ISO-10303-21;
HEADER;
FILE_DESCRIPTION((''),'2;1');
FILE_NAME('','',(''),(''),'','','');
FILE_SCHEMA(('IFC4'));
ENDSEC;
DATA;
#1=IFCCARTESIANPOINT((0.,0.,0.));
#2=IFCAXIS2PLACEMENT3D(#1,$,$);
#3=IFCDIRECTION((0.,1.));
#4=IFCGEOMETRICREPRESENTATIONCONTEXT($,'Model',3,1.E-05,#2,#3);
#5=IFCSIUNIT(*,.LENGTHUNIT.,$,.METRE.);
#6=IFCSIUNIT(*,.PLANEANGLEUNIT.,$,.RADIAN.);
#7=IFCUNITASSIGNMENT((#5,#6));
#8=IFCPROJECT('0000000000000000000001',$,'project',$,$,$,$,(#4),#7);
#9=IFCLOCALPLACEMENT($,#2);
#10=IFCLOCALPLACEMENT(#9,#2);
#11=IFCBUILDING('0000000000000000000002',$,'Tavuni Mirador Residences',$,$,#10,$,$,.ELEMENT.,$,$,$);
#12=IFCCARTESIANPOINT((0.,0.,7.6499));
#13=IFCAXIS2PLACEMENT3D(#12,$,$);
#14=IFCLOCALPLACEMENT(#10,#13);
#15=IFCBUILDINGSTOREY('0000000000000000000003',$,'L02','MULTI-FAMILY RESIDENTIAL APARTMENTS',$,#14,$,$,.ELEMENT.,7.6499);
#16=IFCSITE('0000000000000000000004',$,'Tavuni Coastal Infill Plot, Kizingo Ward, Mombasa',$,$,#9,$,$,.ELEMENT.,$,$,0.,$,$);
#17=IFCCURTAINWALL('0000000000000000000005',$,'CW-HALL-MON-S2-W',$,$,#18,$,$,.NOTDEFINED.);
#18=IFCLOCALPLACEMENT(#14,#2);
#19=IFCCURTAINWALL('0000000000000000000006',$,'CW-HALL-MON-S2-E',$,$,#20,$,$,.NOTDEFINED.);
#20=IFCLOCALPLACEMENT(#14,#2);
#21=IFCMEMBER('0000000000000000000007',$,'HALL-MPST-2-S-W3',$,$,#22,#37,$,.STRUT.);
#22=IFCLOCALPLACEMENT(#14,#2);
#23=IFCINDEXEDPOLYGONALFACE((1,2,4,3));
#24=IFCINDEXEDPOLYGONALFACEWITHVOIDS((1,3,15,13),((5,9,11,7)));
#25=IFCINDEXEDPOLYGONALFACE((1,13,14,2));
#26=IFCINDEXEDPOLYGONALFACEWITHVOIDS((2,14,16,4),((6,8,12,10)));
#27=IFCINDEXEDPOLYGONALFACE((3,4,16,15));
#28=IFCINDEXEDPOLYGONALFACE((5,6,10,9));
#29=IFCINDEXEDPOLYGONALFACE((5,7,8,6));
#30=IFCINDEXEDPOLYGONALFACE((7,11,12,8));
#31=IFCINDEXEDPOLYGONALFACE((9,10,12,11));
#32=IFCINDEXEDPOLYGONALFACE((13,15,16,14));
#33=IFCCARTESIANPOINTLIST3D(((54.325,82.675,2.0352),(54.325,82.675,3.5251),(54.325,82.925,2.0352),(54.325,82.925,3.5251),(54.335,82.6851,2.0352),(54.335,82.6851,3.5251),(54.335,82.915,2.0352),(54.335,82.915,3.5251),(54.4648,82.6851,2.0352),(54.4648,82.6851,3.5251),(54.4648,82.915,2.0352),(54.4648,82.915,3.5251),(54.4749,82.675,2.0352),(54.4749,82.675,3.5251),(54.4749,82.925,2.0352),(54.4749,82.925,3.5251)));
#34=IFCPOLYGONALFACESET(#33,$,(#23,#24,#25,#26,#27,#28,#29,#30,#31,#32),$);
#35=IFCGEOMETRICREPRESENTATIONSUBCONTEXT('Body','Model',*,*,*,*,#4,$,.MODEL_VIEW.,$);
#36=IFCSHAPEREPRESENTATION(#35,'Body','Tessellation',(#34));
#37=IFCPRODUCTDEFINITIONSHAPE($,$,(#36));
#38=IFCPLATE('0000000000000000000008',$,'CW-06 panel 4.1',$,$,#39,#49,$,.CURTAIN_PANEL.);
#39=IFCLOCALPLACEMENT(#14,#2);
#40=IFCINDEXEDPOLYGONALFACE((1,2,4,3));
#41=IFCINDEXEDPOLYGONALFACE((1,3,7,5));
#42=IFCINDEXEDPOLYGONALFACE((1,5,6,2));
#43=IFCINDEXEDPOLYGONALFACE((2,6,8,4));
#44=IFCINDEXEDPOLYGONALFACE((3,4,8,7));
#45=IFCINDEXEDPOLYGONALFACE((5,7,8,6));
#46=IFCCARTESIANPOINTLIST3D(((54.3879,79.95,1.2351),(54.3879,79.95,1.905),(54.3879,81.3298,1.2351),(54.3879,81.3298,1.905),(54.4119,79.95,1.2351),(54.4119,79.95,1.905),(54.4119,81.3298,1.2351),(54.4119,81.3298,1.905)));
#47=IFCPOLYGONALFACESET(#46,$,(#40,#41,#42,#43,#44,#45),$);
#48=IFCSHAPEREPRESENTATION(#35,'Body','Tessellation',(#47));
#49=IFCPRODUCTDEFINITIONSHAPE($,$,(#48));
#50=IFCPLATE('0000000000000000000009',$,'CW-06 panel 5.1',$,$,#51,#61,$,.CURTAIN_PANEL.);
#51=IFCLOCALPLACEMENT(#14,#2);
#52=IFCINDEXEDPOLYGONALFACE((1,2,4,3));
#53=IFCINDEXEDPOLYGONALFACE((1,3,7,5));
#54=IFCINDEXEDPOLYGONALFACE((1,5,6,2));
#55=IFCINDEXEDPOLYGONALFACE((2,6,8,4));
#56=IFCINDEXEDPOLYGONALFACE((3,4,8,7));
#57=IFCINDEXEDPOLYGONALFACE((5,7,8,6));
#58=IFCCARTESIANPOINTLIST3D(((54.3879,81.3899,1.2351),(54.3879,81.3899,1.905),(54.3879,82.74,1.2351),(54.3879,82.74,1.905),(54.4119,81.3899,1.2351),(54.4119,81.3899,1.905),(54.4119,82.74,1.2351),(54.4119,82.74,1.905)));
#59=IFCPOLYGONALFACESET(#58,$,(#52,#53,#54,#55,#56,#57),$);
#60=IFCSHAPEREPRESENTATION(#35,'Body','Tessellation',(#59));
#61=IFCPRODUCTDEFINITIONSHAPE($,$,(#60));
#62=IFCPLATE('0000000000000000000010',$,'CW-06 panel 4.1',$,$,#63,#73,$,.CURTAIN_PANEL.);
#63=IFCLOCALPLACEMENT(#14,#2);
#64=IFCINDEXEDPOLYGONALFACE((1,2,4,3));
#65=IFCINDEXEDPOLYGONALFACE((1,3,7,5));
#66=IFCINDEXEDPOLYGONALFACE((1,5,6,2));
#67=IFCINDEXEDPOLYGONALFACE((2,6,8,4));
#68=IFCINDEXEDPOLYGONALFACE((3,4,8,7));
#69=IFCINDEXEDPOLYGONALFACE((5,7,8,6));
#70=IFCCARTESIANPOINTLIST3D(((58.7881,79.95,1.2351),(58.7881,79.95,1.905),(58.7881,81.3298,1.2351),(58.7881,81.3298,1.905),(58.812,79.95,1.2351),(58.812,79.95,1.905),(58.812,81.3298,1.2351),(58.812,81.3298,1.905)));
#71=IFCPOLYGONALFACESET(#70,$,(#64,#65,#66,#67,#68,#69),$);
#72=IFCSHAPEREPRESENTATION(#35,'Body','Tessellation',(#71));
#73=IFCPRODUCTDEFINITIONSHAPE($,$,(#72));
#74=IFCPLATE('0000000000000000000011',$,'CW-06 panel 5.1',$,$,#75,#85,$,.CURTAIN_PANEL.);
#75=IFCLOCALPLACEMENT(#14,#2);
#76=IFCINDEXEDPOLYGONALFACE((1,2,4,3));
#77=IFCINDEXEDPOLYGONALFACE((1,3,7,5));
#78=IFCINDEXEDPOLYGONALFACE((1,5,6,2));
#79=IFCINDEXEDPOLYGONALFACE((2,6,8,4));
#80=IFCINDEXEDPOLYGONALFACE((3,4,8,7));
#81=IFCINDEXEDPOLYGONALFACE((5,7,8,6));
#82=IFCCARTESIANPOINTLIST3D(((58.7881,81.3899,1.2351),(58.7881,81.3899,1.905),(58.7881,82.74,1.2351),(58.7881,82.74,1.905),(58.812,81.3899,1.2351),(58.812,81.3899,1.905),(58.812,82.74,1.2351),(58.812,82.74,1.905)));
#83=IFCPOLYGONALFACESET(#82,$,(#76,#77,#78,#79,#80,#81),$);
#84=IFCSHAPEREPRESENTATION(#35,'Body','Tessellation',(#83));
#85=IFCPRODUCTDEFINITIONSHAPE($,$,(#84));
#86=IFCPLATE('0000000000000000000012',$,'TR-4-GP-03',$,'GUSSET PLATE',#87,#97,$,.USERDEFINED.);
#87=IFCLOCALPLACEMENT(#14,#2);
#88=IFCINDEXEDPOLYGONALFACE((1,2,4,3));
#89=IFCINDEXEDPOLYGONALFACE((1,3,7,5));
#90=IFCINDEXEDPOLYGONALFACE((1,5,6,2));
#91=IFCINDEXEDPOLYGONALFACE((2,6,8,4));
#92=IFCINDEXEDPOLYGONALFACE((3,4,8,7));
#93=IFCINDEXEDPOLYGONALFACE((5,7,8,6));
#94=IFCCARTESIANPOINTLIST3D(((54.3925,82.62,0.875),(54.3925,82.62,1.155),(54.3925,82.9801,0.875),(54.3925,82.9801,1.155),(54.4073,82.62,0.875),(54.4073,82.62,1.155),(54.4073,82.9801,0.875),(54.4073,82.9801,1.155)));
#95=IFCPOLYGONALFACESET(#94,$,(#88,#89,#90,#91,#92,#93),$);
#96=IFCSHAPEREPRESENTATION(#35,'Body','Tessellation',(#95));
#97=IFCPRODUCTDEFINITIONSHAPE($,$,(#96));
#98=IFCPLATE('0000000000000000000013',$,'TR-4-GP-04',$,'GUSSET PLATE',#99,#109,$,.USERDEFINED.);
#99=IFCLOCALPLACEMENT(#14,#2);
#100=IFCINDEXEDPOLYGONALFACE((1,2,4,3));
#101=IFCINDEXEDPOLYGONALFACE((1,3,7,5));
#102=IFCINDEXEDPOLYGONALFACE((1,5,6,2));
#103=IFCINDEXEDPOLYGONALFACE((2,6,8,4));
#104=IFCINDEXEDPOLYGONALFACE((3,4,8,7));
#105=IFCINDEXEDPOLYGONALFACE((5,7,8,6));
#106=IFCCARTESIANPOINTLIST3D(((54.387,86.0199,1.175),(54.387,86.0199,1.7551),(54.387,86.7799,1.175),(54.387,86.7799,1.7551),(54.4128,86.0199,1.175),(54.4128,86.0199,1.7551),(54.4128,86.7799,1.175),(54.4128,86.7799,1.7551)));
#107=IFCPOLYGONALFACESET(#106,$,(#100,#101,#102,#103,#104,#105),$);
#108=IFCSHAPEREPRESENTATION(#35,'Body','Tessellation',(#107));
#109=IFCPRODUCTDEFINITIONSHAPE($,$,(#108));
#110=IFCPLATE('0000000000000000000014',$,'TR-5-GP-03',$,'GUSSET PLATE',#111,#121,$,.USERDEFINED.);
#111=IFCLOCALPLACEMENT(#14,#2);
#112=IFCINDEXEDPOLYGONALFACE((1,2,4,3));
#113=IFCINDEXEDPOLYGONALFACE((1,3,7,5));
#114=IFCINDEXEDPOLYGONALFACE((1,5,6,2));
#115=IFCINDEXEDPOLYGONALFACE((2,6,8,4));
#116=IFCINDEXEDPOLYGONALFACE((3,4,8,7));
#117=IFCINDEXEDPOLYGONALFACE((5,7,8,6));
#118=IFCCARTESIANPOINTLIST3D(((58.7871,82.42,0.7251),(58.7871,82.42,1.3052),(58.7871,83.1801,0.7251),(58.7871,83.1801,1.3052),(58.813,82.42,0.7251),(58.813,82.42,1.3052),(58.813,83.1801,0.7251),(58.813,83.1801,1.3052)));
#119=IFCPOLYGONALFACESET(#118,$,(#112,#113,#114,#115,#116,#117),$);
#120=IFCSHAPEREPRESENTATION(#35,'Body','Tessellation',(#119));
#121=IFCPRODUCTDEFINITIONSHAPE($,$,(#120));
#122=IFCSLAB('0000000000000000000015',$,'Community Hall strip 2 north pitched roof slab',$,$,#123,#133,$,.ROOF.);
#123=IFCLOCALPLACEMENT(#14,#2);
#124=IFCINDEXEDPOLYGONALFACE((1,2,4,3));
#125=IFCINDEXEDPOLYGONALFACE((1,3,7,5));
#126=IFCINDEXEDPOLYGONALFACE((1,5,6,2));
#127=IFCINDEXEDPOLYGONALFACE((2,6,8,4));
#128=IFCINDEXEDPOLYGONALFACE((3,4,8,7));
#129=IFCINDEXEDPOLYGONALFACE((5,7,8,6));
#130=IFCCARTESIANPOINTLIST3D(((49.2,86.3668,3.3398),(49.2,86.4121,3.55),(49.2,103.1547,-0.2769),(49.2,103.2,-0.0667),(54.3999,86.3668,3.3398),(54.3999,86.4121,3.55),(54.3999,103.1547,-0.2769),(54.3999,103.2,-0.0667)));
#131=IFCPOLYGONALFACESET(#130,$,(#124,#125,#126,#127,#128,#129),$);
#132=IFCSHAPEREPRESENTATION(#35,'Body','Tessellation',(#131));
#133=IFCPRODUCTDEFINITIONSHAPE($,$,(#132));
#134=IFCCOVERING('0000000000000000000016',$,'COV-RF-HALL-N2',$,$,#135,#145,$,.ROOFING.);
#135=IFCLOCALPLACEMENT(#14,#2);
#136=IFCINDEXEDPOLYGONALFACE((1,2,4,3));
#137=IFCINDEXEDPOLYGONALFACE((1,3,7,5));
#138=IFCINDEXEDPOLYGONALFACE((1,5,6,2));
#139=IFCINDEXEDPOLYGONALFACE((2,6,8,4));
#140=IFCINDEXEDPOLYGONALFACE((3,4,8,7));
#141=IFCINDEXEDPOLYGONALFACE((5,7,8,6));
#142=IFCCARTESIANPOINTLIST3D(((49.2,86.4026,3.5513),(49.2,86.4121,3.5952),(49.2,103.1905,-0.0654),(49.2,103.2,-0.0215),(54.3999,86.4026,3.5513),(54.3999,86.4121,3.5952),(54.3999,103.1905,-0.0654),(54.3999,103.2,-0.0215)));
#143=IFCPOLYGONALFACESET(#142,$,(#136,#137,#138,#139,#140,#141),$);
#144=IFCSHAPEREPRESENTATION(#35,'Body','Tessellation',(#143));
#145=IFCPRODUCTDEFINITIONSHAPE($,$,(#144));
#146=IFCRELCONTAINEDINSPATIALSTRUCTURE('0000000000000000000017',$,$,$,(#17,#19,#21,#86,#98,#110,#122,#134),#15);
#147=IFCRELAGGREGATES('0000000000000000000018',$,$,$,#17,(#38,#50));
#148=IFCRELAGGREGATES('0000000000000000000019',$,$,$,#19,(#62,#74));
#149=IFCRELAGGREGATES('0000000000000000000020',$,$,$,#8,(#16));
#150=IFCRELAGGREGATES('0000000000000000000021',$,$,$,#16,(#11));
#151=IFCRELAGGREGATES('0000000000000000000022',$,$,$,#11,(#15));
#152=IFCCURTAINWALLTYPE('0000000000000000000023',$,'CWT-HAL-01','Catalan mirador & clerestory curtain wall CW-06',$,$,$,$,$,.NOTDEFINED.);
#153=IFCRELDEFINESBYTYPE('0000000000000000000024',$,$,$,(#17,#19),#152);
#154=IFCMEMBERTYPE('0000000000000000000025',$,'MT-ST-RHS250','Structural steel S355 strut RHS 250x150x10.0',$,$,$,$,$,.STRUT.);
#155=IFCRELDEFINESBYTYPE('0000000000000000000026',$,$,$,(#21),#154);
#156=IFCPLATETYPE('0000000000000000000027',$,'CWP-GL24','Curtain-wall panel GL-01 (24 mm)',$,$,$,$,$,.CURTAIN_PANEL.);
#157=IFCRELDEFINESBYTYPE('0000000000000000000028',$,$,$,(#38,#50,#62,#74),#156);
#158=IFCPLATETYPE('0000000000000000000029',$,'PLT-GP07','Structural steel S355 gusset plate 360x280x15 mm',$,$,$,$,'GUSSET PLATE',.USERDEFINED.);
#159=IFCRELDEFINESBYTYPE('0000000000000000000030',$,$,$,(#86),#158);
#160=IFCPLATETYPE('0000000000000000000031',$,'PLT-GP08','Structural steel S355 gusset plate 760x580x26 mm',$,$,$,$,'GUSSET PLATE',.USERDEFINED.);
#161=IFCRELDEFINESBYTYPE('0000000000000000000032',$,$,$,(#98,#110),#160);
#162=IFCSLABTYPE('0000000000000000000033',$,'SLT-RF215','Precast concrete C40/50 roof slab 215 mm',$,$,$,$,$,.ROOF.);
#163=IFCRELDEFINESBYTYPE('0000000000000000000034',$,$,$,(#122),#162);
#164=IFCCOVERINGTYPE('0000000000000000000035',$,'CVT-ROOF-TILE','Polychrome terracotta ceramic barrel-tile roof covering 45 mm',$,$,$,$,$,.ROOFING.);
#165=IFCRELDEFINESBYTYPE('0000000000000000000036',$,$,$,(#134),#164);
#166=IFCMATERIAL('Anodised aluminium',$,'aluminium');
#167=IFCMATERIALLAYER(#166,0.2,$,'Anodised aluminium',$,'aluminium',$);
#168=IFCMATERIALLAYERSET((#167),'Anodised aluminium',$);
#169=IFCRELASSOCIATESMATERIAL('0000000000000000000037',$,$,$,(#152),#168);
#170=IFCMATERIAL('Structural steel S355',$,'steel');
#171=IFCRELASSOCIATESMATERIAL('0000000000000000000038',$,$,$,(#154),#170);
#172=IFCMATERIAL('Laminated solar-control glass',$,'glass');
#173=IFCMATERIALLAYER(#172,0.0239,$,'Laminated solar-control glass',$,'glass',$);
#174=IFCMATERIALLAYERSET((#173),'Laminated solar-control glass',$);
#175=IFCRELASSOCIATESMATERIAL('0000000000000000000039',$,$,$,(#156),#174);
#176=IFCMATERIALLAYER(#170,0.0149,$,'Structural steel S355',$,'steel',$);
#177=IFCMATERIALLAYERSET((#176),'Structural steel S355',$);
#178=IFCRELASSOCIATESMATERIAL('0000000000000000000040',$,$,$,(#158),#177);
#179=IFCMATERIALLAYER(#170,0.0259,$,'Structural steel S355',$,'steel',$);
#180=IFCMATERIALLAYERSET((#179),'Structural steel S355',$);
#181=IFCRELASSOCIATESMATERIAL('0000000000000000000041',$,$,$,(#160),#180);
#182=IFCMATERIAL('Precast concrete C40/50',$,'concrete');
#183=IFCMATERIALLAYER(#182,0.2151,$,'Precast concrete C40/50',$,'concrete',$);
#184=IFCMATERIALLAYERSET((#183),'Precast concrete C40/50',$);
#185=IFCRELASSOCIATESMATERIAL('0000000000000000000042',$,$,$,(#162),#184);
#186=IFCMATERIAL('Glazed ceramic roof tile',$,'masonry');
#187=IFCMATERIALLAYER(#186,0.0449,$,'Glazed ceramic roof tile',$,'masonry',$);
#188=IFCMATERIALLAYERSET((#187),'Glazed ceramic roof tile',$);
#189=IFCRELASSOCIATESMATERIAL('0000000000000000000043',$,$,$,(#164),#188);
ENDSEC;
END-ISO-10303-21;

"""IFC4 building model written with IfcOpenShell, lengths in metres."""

from ifc_helpers import new_model, si_unit, direction, frame, origin, origin_2d, place, context, subcontext, project, spatial, polyline, rectangle, hollow_rectangle, outline, extrude, material, layer, layer_set, material_profile, profile_set, type_object, element, aggregate, save


model = new_model("IFC4")

# Units and contexts
model_context = context("Model", 3, precision=1e-05, world=origin(), true_north=direction((0.0, 1.0)))
body_context = subcontext(model_context, "Body", "Model", "MODEL_VIEW")
ifc_project = project(units=[si_unit("LENGTHUNIT", "METRE"), si_unit("PLANEANGLEUNIT", "RADIAN")], contexts=[model_context])

# Site, building, storey
site_placement = place(None, origin())
site = spatial("IfcSite", under=ifc_project, at=site_placement, Name="Tavuni Coastal Infill Plot, Kizingo Ward, Mombasa", CompositionType="ELEMENT", RefElevation=0.0)
building_placement = place(site_placement, origin())
building = spatial("IfcBuilding", under=site, at=building_placement, Name="Tavuni Mirador Residences", CompositionType="ELEMENT")
storey_placement = place(building_placement, frame((0.0, 0.0, 7.6499)))
storey = spatial("IfcBuildingStorey", under=building, at=storey_placement, Name="L02", Description="MULTI-FAMILY RESIDENTIAL APARTMENTS", CompositionType="ELEMENT", Elevation=7.6499)

# Curtain walls
ifc_material_1 = material(Name="Anodised aluminium", Category="aluminium")
ifc_layer_1 = layer(ifc_material_1, 0.2, Name="Anodised aluminium", Category="aluminium")
ifc_layer_set_1 = layer_set([ifc_layer_1], Name="Anodised aluminium")
curtain_wall_type = type_object("IfcCurtainWallType", Name="CWT-HAL-01", Description="Catalan mirador & clerestory curtain wall CW-06", PredefinedType="NOTDEFINED", material=ifc_layer_set_1)
curtain_wall_1_placement = place(storey_placement, origin())
curtain_wall_1 = element("IfcCurtainWall", 1, at=curtain_wall_1_placement, inside=storey, type_object=curtain_wall_type, Name="CW-HALL-MON-S2-W", PredefinedType="NOTDEFINED")
curtain_wall_2_placement = place(storey_placement, origin())
curtain_wall_2 = element("IfcCurtainWall", 2, at=curtain_wall_2_placement, inside=storey, type_object=curtain_wall_type, Name="CW-HALL-MON-S2-E", PredefinedType="NOTDEFINED")

# Member
ifc_material_2 = material(Name="Structural steel S355", Category="steel")
ifc_material_profile_1 = material_profile(ifc_material_2, hollow_rectangle(XDim=0.1499, YDim=0.25, WallThickness=0.01, at=origin_2d()), Name="RHS 250x150x10.0", Category="steel")
ifc_profile_set_1 = profile_set([ifc_material_profile_1], Name="Structural steel S355")
member_type_1 = type_object("IfcMemberType", Name="MT-ST-RHS250", Description="Structural steel S355 strut RHS 250x150x10.0", PredefinedType="STRUT", material=ifc_profile_set_1)
member_1_placement = place(storey_placement, frame((54.3999, 82.8, 2.0352), z_axis=(0.0, 0.0, 1.0), x_axis=(1.0, 0.0, 0.0)))
element("IfcMember", 3, at=member_1_placement, inside=storey, type_object=member_type_1, Name="HALL-MPST-2-S-W3", PredefinedType="STRUT", context=body_context, shape_type="SweptSolid", body=[
    extrude(hollow_rectangle(XDim=0.1499, YDim=0.25, WallThickness=0.01, at=origin_2d()), origin(), (0.0, 0.0, 1.0), 1.49),
])

# Plates
ifc_material_3 = material(Name="Laminated solar-control glass", Category="glass")
ifc_layer_2 = layer(ifc_material_3, 0.0239, Name="Laminated solar-control glass", Category="glass")
ifc_layer_set_2 = layer_set([ifc_layer_2], Name="Laminated solar-control glass")
plate_type_1 = type_object("IfcPlateType", Name="CWP-GL24", Description="Curtain-wall panel GL-01 (24 mm)", PredefinedType="CURTAIN_PANEL", material=ifc_layer_set_2)
plate_1_placement = place(storey_placement, frame((54.3999, 80.6399, 1.2351), z_axis=(0.0, 0.0, 1.0), x_axis=(0.0, 1.0, 0.0)))
plate_1 = element("IfcPlate", 4, at=plate_1_placement, type_object=plate_type_1, Name="CW-06 panel 4.1", PredefinedType="CURTAIN_PANEL", context=body_context, shape_type="SweptSolid", body=[
    extrude(rectangle(XDim=1.3799, YDim=0.0239, at=origin_2d()), origin(), (0.0, 0.0, 1.0), 0.6699),
])
plate_2_placement = place(storey_placement, frame((54.3999, 82.0649, 1.2351), z_axis=(0.0, 0.0, 1.0), x_axis=(0.0, 1.0, 0.0)))
plate_2 = element("IfcPlate", 5, at=plate_2_placement, type_object=plate_type_1, Name="CW-06 panel 5.1", PredefinedType="CURTAIN_PANEL", context=body_context, shape_type="SweptSolid", body=[
    extrude(rectangle(XDim=1.3501, YDim=0.0239, at=origin_2d()), origin(), (0.0, 0.0, 1.0), 0.6699),
])
aggregate(curtain_wall_1, [plate_1, plate_2])
plate_3_placement = place(storey_placement, frame((58.8, 80.6399, 1.2351), z_axis=(0.0, 0.0, 1.0), x_axis=(0.0, 1.0, 0.0)))
plate_3 = element("IfcPlate", 6, at=plate_3_placement, type_object=plate_type_1, Name="CW-06 panel 4.1", PredefinedType="CURTAIN_PANEL", context=body_context, shape_type="SweptSolid", body=[
    extrude(rectangle(XDim=1.3799, YDim=0.0239, at=origin_2d()), origin(), (0.0, 0.0, 1.0), 0.6699),
])
plate_4_placement = place(storey_placement, frame((58.8, 82.0649, 1.2351), z_axis=(0.0, 0.0, 1.0), x_axis=(0.0, 1.0, 0.0)))
plate_4 = element("IfcPlate", 7, at=plate_4_placement, type_object=plate_type_1, Name="CW-06 panel 5.1", PredefinedType="CURTAIN_PANEL", context=body_context, shape_type="SweptSolid", body=[
    extrude(rectangle(XDim=1.3501, YDim=0.0239, at=origin_2d()), origin(), (0.0, 0.0, 1.0), 0.6699),
])
aggregate(curtain_wall_2, [plate_3, plate_4])

# Plates
ifc_layer_3 = layer(ifc_material_2, 0.0149, Name="Structural steel S355", Category="steel")
ifc_layer_set_3 = layer_set([ifc_layer_3], Name="Structural steel S355")
plate_type_2 = type_object("IfcPlateType", Name="PLT-GP07", Description="Structural steel S355 gusset plate 360x280x15 mm", ElementType="GUSSET PLATE", PredefinedType="USERDEFINED", material=ifc_layer_set_3)
plate_5_placement = place(storey_placement, frame((54.3999, 82.8, 0.875), z_axis=(0.0, 0.0, 1.0), x_axis=(0.0, 1.0, 0.0)))
element("IfcPlate", 8, at=plate_5_placement, inside=storey, type_object=plate_type_2, Name="TR-4-GP-03", ObjectType="GUSSET PLATE", PredefinedType="USERDEFINED", context=body_context, shape_type="SweptSolid", body=[
    extrude(rectangle(XDim=0.3601, YDim=0.0149, at=origin_2d()), origin(), (0.0, 0.0, 1.0), 0.28),
])
ifc_layer_4 = layer(ifc_material_2, 0.0259, Name="Structural steel S355", Category="steel")
ifc_layer_set_4 = layer_set([ifc_layer_4], Name="Structural steel S355")
plate_type_3 = type_object("IfcPlateType", Name="PLT-GP08", Description="Structural steel S355 gusset plate 760x580x26 mm", ElementType="GUSSET PLATE", PredefinedType="USERDEFINED", material=ifc_layer_set_4)
for number, where, z_axis, x_axis, name in (
    (9, (54.3999, 86.3999, 1.175), (0.0, 0.0, 1.0), (0.0, 1.0, 0.0), "TR-4-GP-04"),
    (10, (58.8, 82.8, 0.7251), (0.0, 0.0, 1.0), (0.0, 1.0, 0.0), "TR-5-GP-03"),
):
    element("IfcPlate", number, at=place(storey_placement, frame(where, z_axis=z_axis, x_axis=x_axis)), inside=storey, type_object=plate_type_3, Name=name, ObjectType="GUSSET PLATE", PredefinedType="USERDEFINED", context=body_context, shape_type="SweptSolid", body=[
        extrude(rectangle(XDim=0.76, YDim=0.0259, at=origin_2d()), origin(), (0.0, 0.0, 1.0), 0.5801),
    ])

# Slab
ifc_material_4 = material(Name="Precast concrete C40/50", Category="concrete")
ifc_layer_5 = layer(ifc_material_4, 0.2151, Name="Precast concrete C40/50", Category="concrete")
ifc_layer_set_5 = layer_set([ifc_layer_5], Name="Precast concrete C40/50")
slab_type = type_object("IfcSlabType", Name="SLT-RF215", Description="Precast concrete C40/50 roof slab 215 mm", PredefinedType="ROOF", material=ifc_layer_set_5)
slab_placement = place(storey_placement, frame((49.2, 86.4121, 3.55), z_axis=(0.0, 0.210604, 0.977572), x_axis=(1.0, 0.0, 0.0)))
element("IfcSlab", 11, at=slab_placement, inside=storey, type_object=slab_type, Name="Community Hall strip 2 north pitched roof slab", PredefinedType="ROOF", context=body_context, shape_type="SweptSolid", body=[
    extrude(outline(polyline([(0.0, 0.0), (5.2, 0.0), (5.2, 17.173), (0.0, 17.173), (0.0, 0.0)])), origin(), (0.0, 0.0, -1.0), 0.2151),
])

# Covering
ifc_material_5 = material(Name="Glazed ceramic roof tile", Category="masonry")
ifc_layer_6 = layer(ifc_material_5, 0.0449, Name="Glazed ceramic roof tile", Category="masonry")
ifc_layer_set_6 = layer_set([ifc_layer_6], Name="Glazed ceramic roof tile")
covering_type = type_object("IfcCoveringType", Name="CVT-ROOF-TILE", Description="Polychrome terracotta ceramic barrel-tile roof covering 45 mm", PredefinedType="ROOFING", material=ifc_layer_set_6)
covering_placement = place(storey_placement, frame((49.2, 86.4121, 3.5952), z_axis=(0.0, 0.210604, 0.977572), x_axis=(1.0, 0.0, 0.0)))
element("IfcCovering", 12, at=covering_placement, inside=storey, type_object=covering_type, Name="COV-RF-HALL-N2", PredefinedType="ROOFING", context=body_context, shape_type="SweptSolid", body=[
    extrude(outline(polyline([(0.0, 0.0), (5.2, 0.0), (5.2, 17.173), (0.0, 17.173), (0.0, 0.0)])), origin(), (0.0, 0.0, -1.0), 0.0449),
])

save(model, "model.ifc")
